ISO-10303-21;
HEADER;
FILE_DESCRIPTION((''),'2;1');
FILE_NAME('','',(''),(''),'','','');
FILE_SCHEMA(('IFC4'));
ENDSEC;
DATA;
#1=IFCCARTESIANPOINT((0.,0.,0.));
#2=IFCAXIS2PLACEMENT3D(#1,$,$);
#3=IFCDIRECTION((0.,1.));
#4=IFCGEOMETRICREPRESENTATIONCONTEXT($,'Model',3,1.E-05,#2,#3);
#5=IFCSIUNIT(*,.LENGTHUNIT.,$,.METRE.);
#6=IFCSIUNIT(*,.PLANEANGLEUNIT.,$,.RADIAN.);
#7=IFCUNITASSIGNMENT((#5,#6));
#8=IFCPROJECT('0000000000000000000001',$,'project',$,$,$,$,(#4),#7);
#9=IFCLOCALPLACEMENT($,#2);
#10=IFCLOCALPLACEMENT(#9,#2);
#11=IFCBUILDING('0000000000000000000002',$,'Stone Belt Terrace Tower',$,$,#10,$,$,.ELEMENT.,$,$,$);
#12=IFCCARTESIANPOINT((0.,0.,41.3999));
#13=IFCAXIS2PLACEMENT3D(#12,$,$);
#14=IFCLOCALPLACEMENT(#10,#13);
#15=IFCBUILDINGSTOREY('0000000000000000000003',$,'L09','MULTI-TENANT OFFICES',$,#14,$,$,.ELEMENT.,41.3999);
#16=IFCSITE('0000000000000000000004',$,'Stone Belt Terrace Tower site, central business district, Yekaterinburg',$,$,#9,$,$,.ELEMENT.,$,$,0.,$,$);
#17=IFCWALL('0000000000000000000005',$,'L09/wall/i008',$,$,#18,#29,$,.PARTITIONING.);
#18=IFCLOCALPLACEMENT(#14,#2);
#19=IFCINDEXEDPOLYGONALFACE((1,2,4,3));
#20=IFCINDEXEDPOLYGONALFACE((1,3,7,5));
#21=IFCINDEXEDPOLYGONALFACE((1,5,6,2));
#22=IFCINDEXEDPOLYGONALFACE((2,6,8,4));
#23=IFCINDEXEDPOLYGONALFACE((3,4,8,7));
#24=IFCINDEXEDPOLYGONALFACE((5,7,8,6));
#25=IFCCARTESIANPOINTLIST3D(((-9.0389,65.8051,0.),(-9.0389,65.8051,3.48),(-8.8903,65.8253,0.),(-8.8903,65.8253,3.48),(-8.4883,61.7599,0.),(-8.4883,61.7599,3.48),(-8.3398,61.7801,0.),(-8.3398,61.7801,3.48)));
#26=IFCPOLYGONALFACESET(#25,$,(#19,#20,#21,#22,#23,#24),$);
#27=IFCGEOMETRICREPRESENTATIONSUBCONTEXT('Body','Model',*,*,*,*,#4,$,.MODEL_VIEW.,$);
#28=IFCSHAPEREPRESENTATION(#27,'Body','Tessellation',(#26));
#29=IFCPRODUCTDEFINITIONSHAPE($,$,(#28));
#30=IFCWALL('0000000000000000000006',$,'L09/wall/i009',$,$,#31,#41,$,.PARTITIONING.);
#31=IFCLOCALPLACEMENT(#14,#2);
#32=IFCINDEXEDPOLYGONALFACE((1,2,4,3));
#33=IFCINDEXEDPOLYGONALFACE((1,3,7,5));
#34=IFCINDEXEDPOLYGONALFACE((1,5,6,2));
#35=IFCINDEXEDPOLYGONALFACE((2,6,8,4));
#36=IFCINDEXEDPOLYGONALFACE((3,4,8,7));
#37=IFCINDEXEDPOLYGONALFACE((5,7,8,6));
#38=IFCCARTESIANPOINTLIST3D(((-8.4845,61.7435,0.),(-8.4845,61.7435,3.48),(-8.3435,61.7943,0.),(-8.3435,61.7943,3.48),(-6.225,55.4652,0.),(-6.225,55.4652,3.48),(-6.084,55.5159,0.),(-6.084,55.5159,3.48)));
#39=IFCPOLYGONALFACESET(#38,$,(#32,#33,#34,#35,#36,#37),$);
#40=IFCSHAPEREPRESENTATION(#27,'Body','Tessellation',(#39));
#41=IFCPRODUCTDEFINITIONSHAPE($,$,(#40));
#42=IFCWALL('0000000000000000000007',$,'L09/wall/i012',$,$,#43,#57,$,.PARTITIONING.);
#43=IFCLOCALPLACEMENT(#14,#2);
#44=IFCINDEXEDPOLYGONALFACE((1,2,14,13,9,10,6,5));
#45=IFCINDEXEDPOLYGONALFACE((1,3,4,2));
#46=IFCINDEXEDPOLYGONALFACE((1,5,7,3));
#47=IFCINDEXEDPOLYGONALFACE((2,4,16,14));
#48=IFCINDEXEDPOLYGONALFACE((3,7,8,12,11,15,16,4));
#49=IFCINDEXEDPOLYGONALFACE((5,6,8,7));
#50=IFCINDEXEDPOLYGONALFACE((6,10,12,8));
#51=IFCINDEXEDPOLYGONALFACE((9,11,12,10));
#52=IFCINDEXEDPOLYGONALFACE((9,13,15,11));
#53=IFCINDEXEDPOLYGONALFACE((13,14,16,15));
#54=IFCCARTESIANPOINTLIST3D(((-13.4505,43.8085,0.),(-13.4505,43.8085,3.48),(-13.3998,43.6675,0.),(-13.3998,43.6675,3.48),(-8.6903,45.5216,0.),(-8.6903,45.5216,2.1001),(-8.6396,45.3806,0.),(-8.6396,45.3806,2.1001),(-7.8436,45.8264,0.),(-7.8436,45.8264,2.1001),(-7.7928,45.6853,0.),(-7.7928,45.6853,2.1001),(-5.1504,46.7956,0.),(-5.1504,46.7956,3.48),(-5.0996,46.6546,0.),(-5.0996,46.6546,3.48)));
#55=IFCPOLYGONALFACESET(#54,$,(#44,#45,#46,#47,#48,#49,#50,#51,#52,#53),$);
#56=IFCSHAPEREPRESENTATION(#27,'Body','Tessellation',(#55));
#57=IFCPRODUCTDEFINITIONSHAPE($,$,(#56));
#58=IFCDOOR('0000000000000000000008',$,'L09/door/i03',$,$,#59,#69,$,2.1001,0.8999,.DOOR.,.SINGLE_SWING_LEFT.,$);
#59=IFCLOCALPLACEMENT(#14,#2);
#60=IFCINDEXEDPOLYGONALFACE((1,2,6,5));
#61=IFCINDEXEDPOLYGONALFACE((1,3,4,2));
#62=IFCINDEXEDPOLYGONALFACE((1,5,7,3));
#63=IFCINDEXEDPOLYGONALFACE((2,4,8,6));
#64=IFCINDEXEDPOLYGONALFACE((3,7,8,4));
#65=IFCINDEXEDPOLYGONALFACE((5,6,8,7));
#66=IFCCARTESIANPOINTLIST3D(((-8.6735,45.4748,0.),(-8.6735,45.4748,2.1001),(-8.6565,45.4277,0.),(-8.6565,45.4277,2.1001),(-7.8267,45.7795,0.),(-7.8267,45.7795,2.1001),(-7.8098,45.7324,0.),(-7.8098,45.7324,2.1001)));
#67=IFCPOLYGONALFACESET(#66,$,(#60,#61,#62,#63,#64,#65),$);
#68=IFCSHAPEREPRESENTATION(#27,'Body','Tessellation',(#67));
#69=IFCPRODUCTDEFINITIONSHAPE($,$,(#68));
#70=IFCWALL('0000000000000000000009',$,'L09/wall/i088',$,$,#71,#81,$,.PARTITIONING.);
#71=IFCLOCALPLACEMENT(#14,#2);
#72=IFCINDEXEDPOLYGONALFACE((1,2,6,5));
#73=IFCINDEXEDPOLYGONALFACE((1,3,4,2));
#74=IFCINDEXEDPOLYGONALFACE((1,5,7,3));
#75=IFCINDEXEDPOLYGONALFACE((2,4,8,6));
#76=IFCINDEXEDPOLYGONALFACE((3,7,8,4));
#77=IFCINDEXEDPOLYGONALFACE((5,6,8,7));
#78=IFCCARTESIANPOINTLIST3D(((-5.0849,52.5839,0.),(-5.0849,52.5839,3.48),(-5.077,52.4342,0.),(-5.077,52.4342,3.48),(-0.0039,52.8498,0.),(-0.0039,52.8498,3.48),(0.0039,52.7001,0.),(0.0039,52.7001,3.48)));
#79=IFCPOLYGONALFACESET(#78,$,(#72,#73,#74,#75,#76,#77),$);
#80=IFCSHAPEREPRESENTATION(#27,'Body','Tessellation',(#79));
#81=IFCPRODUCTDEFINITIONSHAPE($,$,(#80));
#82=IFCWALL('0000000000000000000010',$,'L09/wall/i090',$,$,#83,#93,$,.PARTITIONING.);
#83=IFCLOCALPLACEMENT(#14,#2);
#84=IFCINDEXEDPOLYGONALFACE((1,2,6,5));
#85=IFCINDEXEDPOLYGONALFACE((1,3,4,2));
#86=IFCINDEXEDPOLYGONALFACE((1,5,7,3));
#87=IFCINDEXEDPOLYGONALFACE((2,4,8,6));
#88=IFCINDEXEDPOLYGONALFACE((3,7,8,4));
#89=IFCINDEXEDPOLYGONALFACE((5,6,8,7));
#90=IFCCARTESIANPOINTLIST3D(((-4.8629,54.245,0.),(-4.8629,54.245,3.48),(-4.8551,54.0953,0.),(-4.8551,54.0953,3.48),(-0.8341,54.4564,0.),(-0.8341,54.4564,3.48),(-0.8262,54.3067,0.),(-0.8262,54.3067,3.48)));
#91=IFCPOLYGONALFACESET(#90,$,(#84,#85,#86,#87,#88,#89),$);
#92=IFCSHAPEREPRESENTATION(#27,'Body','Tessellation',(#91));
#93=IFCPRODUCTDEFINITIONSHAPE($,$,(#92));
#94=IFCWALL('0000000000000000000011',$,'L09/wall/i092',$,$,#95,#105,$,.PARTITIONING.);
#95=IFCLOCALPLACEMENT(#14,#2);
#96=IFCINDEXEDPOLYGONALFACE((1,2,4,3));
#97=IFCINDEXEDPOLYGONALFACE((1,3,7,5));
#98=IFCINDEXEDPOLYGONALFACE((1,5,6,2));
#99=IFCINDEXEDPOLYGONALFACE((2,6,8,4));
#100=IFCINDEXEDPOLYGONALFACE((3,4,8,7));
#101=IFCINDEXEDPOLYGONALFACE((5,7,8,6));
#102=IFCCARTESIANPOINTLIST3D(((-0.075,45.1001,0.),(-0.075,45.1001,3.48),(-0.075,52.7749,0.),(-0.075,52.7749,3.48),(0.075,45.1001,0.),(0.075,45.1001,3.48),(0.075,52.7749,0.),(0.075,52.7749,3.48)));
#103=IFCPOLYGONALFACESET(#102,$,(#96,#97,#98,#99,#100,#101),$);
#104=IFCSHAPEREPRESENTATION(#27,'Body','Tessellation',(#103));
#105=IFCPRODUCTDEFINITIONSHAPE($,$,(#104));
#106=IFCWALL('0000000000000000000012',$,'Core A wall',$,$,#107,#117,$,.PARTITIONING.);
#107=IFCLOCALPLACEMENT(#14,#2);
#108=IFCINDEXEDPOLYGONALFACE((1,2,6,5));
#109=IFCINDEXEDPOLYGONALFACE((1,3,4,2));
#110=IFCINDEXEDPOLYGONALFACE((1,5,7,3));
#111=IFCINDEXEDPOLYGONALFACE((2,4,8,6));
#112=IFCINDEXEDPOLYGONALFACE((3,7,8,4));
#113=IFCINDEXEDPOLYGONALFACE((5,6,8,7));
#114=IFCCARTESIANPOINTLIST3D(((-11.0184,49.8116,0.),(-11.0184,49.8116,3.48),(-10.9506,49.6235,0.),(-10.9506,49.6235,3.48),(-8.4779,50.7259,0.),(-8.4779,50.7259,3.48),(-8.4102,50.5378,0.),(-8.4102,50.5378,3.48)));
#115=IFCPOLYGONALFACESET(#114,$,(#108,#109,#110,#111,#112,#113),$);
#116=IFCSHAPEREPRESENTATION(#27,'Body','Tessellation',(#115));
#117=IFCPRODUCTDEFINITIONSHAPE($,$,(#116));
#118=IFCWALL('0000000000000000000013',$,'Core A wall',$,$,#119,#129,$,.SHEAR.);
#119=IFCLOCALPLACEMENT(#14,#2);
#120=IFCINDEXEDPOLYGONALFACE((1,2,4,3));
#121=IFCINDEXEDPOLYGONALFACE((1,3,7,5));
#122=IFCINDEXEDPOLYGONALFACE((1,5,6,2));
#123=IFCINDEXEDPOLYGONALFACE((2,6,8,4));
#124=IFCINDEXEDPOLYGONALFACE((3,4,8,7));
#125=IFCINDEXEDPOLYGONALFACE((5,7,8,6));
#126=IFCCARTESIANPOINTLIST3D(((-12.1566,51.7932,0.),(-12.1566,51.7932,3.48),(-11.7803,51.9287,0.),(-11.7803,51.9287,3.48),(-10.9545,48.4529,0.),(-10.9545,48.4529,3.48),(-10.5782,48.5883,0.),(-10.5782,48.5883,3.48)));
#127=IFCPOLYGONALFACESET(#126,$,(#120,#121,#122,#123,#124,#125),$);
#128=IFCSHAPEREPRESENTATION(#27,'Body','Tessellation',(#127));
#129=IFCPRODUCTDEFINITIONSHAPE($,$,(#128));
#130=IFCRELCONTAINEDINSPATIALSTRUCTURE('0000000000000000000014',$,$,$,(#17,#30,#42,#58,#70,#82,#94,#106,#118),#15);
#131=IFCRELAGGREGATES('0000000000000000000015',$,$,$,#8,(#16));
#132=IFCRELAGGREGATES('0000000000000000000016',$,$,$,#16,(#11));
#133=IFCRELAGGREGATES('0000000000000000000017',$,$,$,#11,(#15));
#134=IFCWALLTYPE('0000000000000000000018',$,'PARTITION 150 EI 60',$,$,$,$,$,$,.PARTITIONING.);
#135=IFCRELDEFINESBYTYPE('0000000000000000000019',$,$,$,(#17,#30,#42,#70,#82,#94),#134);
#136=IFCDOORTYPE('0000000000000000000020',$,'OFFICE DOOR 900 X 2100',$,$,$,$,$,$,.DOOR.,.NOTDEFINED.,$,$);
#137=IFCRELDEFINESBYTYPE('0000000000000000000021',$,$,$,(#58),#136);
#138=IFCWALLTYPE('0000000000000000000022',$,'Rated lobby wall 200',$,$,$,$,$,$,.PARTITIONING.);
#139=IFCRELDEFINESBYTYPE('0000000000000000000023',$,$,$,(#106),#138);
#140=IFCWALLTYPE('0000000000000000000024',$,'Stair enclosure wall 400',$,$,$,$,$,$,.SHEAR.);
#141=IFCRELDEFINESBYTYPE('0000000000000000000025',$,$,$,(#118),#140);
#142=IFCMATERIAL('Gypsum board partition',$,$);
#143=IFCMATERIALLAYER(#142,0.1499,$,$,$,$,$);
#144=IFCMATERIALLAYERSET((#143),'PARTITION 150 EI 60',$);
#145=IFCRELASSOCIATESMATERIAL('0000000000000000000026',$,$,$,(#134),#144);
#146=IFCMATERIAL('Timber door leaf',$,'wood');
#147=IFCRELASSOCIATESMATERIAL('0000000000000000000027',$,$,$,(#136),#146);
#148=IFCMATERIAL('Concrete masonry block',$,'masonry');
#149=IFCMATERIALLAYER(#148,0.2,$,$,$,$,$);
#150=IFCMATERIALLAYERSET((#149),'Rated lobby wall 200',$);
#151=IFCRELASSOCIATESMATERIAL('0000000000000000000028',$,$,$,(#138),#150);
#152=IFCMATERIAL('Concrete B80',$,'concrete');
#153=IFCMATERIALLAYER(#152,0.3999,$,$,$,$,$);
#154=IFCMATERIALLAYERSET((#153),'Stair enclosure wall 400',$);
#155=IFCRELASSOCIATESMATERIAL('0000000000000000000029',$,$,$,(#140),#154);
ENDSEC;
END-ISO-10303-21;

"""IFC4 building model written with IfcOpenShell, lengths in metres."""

from ifc_helpers import new_model, si_unit, direction, frame, frame_2d, origin, place, context, subcontext, project, spatial, rectangle, extrude, material, layer, layer_set, type_object, element, fill, save


model = new_model("IFC4")

# Units and contexts
model_context = context("Model", 3, precision=1e-05, world=origin(), true_north=direction((0.0, 1.0)))
body_context = subcontext(model_context, "Body", "Model", "MODEL_VIEW")
ifc_project = project(units=[si_unit("LENGTHUNIT", "METRE"), si_unit("PLANEANGLEUNIT", "RADIAN")], contexts=[model_context])

# Site, building, storey
site_placement = place(None, origin())
site = spatial("IfcSite", under=ifc_project, at=site_placement, Name="Stone Belt Terrace Tower site, central business district, Yekaterinburg", CompositionType="ELEMENT", RefElevation=0.0)
building_placement = place(site_placement, origin())
building = spatial("IfcBuilding", under=site, at=building_placement, Name="Stone Belt Terrace Tower", CompositionType="ELEMENT")
storey_placement = place(building_placement, frame((0.0, 0.0, 41.3999)))
storey = spatial("IfcBuildingStorey", under=building, at=storey_placement, Name="L09", Description="MULTI-TENANT OFFICES", CompositionType="ELEMENT", Elevation=41.3999)

# Shared definitions
ifc_material_1 = material(Name="Concrete B80", Category="concrete")

# Shared definitions
ifc_material_2 = material(Name="Timber door leaf", Category="wood")

# Shared definitions
ifc_material_3 = material(Name="Gypsum board partition")
ifc_layer_1 = layer(ifc_material_3, 0.1499)
ifc_layer_set_1 = layer_set([ifc_layer_1], Name="PARTITION 150 EI 60")
wall_type_1 = type_object("IfcWallType", Name="PARTITION 150 EI 60", PredefinedType="PARTITIONING", material=ifc_layer_set_1)
door_type_1 = type_object("IfcDoorType", Name="OFFICE DOOR 900 X 2100", OperationType="NOTDEFINED", PredefinedType="DOOR", material=ifc_material_2)

# Walls
wall_1_placement = place(storey_placement, frame((-8.9646, 65.8152, 0.0), z_axis=(0.0, 0.0, 1.0), x_axis=(0.134854, -0.990865, 0.0)))
element("IfcWall", 1, at=wall_1_placement, inside=storey, type_object=wall_type_1, Name="L09/wall/i008", PredefinedType="PARTITIONING", context=body_context, shape_type="SweptSolid", body=[
    extrude(rectangle(XDim=4.0825, YDim=0.1499, at=frame_2d((2.0413, 0.0))), origin(), (0.0, 0.0, 1.0), 3.48),
])
wall_2_placement = place(storey_placement, frame((-8.4141, 61.769, 0.0), z_axis=(0.0, 0.0, 1.0), x_axis=(0.33863, -0.94092, 0.0)))
element("IfcWall", 2, at=wall_2_placement, inside=storey, type_object=wall_type_1, Name="L09/wall/i009", PredefinedType="PARTITIONING", context=body_context, shape_type="SweptSolid", body=[
    extrude(rectangle(XDim=6.6726, YDim=0.1499, at=frame_2d((3.3364, 0.0))), origin(), (0.0, 0.0, 1.0), 3.48),
])

# Wall, opening, door
wall_3_placement = place(storey_placement, frame((-5.125, 46.7251, 0.0), z_axis=(0.0, 0.0, 1.0), x_axis=(-0.940922, -0.338623, 0.0)))
wall_3 = element("IfcWall", 3, at=wall_3_placement, inside=storey, type_object=wall_type_1, Name="L09/wall/i012", PredefinedType="PARTITIONING", context=body_context, shape_type="SweptSolid", body=[
    extrude(rectangle(XDim=8.8213, YDim=0.1499, at=frame_2d((4.4106, 0.0))), origin(), (0.0, 0.0, 1.0), 3.48),
])
opening_1_placement = place(wall_3_placement, frame((2.8623, 0.0, 0.0)))
opening_1 = element("IfcOpeningElement", 4, at=opening_1_placement, cuts=wall_3, PredefinedType="OPENING", context=body_context, shape_type="SweptSolid", body=[
    extrude(rectangle(XDim=0.8999, YDim=2.1001, at=frame_2d((0.45, 1.05))), frame((0.0, 0.085, 0.0), z_axis=(0.0, -1.0, 0.0), x_axis=(1.0, 0.0, 0.0)), (0.0, 0.0, 1.0), 0.1699),
])
door_1_placement = place(opening_1_placement, origin())
door_1 = element("IfcDoor", 5, at=door_1_placement, inside=storey, type_object=door_type_1, Name="L09/door/i03", OperationType="SINGLE_SWING_LEFT", OverallHeight=2.1001, OverallWidth=0.8999, PredefinedType="DOOR", context=body_context, shape_type="SweptSolid", body=[
    extrude(rectangle(XDim=0.8999, YDim=2.1001, at=frame_2d((0.45, 1.05))), frame((0.0, 0.0249, 0.0), z_axis=(0.0, -1.0, 0.0), x_axis=(1.0, 0.0, 0.0)), (0.0, 0.0, 1.0), 0.05),
])
fill(opening_1, door_1)

# Walls
wall_4_placement = place(storey_placement, frame((0.0, 52.7749, 0.0), z_axis=(0.0, 0.0, 1.0), x_axis=(-0.998634, -0.052254, 0.0)))
element("IfcWall", 6, at=wall_4_placement, inside=storey, type_object=wall_type_1, Name="L09/wall/i088", PredefinedType="PARTITIONING", context=body_context, shape_type="SweptSolid", body=[
    extrude(rectangle(XDim=5.0879, YDim=0.1499, at=frame_2d((2.5439, 0.0))), origin(), (0.0, 0.0, 1.0), 3.48),
])
wall_5_placement = place(storey_placement, frame((-4.8589, 54.1702, 0.0), z_axis=(0.0, 0.0, 1.0), x_axis=(0.998626, 0.052406, 0.0)))
element("IfcWall", 7, at=wall_5_placement, inside=storey, type_object=wall_type_1, Name="L09/wall/i090", PredefinedType="PARTITIONING", context=body_context, shape_type="SweptSolid", body=[
    extrude(rectangle(XDim=4.0344, YDim=0.1499, at=frame_2d((2.0171, 0.0))), origin(), (0.0, 0.0, 1.0), 3.48),
])
wall_6_placement = place(storey_placement, frame((0.0, 52.7749, 0.0), z_axis=(0.0, 0.0, 1.0), x_axis=(0.0, -1.0, 0.0)))
element("IfcWall", 8, at=wall_6_placement, inside=storey, type_object=wall_type_1, Name="L09/wall/i092", PredefinedType="PARTITIONING", context=body_context, shape_type="SweptSolid", body=[
    extrude(rectangle(XDim=7.6748, YDim=0.1499, at=frame_2d((3.8374, 0.0))), origin(), (0.0, 0.0, 1.0), 3.48),
])
ifc_material_4 = material(Name="Concrete masonry block", Category="masonry")
ifc_layer_2 = layer(ifc_material_4, 0.2)
ifc_layer_set_2 = layer_set([ifc_layer_2], Name="Rated lobby wall 200")
wall_type_2 = type_object("IfcWallType", Name="Rated lobby wall 200", PredefinedType="PARTITIONING", material=ifc_layer_set_2)
wall_7_placement = place(storey_placement, frame((-10.9846, 49.7175, 0.0), z_axis=(0.0, 0.0, 1.0), x_axis=(0.940921, 0.338627, 0.0)))
element("IfcWall", 9, at=wall_7_placement, inside=storey, type_object=wall_type_2, Name="Core A wall", PredefinedType="PARTITIONING", context=body_context, shape_type="SweptSolid", body=[
    extrude(rectangle(XDim=2.7, YDim=0.2, at=frame_2d((1.3501, 0.0))), origin(), (0.0, 0.0, 1.0), 3.48),
])
ifc_layer_3 = layer(ifc_material_1, 0.3999)
ifc_layer_set_3 = layer_set([ifc_layer_3], Name="Stair enclosure wall 400")
wall_type_3 = type_object("IfcWallType", Name="Stair enclosure wall 400", PredefinedType="SHEAR", material=ifc_layer_set_3)
wall_8_placement = place(storey_placement, frame((-10.7664, 48.5208, 0.0), z_axis=(0.0, 0.0, 1.0), x_axis=(-0.338627, 0.940921, 0.0)))
element("IfcWall", 10, at=wall_8_placement, inside=storey, type_object=wall_type_3, Name="Core A wall", PredefinedType="SHEAR", context=body_context, shape_type="SweptSolid", body=[
    extrude(rectangle(XDim=3.55, YDim=0.3999, at=frame_2d((1.7749, 0.0))), origin(), (0.0, 0.0, 1.0), 3.48),
])

save(model, "model.ifc")
